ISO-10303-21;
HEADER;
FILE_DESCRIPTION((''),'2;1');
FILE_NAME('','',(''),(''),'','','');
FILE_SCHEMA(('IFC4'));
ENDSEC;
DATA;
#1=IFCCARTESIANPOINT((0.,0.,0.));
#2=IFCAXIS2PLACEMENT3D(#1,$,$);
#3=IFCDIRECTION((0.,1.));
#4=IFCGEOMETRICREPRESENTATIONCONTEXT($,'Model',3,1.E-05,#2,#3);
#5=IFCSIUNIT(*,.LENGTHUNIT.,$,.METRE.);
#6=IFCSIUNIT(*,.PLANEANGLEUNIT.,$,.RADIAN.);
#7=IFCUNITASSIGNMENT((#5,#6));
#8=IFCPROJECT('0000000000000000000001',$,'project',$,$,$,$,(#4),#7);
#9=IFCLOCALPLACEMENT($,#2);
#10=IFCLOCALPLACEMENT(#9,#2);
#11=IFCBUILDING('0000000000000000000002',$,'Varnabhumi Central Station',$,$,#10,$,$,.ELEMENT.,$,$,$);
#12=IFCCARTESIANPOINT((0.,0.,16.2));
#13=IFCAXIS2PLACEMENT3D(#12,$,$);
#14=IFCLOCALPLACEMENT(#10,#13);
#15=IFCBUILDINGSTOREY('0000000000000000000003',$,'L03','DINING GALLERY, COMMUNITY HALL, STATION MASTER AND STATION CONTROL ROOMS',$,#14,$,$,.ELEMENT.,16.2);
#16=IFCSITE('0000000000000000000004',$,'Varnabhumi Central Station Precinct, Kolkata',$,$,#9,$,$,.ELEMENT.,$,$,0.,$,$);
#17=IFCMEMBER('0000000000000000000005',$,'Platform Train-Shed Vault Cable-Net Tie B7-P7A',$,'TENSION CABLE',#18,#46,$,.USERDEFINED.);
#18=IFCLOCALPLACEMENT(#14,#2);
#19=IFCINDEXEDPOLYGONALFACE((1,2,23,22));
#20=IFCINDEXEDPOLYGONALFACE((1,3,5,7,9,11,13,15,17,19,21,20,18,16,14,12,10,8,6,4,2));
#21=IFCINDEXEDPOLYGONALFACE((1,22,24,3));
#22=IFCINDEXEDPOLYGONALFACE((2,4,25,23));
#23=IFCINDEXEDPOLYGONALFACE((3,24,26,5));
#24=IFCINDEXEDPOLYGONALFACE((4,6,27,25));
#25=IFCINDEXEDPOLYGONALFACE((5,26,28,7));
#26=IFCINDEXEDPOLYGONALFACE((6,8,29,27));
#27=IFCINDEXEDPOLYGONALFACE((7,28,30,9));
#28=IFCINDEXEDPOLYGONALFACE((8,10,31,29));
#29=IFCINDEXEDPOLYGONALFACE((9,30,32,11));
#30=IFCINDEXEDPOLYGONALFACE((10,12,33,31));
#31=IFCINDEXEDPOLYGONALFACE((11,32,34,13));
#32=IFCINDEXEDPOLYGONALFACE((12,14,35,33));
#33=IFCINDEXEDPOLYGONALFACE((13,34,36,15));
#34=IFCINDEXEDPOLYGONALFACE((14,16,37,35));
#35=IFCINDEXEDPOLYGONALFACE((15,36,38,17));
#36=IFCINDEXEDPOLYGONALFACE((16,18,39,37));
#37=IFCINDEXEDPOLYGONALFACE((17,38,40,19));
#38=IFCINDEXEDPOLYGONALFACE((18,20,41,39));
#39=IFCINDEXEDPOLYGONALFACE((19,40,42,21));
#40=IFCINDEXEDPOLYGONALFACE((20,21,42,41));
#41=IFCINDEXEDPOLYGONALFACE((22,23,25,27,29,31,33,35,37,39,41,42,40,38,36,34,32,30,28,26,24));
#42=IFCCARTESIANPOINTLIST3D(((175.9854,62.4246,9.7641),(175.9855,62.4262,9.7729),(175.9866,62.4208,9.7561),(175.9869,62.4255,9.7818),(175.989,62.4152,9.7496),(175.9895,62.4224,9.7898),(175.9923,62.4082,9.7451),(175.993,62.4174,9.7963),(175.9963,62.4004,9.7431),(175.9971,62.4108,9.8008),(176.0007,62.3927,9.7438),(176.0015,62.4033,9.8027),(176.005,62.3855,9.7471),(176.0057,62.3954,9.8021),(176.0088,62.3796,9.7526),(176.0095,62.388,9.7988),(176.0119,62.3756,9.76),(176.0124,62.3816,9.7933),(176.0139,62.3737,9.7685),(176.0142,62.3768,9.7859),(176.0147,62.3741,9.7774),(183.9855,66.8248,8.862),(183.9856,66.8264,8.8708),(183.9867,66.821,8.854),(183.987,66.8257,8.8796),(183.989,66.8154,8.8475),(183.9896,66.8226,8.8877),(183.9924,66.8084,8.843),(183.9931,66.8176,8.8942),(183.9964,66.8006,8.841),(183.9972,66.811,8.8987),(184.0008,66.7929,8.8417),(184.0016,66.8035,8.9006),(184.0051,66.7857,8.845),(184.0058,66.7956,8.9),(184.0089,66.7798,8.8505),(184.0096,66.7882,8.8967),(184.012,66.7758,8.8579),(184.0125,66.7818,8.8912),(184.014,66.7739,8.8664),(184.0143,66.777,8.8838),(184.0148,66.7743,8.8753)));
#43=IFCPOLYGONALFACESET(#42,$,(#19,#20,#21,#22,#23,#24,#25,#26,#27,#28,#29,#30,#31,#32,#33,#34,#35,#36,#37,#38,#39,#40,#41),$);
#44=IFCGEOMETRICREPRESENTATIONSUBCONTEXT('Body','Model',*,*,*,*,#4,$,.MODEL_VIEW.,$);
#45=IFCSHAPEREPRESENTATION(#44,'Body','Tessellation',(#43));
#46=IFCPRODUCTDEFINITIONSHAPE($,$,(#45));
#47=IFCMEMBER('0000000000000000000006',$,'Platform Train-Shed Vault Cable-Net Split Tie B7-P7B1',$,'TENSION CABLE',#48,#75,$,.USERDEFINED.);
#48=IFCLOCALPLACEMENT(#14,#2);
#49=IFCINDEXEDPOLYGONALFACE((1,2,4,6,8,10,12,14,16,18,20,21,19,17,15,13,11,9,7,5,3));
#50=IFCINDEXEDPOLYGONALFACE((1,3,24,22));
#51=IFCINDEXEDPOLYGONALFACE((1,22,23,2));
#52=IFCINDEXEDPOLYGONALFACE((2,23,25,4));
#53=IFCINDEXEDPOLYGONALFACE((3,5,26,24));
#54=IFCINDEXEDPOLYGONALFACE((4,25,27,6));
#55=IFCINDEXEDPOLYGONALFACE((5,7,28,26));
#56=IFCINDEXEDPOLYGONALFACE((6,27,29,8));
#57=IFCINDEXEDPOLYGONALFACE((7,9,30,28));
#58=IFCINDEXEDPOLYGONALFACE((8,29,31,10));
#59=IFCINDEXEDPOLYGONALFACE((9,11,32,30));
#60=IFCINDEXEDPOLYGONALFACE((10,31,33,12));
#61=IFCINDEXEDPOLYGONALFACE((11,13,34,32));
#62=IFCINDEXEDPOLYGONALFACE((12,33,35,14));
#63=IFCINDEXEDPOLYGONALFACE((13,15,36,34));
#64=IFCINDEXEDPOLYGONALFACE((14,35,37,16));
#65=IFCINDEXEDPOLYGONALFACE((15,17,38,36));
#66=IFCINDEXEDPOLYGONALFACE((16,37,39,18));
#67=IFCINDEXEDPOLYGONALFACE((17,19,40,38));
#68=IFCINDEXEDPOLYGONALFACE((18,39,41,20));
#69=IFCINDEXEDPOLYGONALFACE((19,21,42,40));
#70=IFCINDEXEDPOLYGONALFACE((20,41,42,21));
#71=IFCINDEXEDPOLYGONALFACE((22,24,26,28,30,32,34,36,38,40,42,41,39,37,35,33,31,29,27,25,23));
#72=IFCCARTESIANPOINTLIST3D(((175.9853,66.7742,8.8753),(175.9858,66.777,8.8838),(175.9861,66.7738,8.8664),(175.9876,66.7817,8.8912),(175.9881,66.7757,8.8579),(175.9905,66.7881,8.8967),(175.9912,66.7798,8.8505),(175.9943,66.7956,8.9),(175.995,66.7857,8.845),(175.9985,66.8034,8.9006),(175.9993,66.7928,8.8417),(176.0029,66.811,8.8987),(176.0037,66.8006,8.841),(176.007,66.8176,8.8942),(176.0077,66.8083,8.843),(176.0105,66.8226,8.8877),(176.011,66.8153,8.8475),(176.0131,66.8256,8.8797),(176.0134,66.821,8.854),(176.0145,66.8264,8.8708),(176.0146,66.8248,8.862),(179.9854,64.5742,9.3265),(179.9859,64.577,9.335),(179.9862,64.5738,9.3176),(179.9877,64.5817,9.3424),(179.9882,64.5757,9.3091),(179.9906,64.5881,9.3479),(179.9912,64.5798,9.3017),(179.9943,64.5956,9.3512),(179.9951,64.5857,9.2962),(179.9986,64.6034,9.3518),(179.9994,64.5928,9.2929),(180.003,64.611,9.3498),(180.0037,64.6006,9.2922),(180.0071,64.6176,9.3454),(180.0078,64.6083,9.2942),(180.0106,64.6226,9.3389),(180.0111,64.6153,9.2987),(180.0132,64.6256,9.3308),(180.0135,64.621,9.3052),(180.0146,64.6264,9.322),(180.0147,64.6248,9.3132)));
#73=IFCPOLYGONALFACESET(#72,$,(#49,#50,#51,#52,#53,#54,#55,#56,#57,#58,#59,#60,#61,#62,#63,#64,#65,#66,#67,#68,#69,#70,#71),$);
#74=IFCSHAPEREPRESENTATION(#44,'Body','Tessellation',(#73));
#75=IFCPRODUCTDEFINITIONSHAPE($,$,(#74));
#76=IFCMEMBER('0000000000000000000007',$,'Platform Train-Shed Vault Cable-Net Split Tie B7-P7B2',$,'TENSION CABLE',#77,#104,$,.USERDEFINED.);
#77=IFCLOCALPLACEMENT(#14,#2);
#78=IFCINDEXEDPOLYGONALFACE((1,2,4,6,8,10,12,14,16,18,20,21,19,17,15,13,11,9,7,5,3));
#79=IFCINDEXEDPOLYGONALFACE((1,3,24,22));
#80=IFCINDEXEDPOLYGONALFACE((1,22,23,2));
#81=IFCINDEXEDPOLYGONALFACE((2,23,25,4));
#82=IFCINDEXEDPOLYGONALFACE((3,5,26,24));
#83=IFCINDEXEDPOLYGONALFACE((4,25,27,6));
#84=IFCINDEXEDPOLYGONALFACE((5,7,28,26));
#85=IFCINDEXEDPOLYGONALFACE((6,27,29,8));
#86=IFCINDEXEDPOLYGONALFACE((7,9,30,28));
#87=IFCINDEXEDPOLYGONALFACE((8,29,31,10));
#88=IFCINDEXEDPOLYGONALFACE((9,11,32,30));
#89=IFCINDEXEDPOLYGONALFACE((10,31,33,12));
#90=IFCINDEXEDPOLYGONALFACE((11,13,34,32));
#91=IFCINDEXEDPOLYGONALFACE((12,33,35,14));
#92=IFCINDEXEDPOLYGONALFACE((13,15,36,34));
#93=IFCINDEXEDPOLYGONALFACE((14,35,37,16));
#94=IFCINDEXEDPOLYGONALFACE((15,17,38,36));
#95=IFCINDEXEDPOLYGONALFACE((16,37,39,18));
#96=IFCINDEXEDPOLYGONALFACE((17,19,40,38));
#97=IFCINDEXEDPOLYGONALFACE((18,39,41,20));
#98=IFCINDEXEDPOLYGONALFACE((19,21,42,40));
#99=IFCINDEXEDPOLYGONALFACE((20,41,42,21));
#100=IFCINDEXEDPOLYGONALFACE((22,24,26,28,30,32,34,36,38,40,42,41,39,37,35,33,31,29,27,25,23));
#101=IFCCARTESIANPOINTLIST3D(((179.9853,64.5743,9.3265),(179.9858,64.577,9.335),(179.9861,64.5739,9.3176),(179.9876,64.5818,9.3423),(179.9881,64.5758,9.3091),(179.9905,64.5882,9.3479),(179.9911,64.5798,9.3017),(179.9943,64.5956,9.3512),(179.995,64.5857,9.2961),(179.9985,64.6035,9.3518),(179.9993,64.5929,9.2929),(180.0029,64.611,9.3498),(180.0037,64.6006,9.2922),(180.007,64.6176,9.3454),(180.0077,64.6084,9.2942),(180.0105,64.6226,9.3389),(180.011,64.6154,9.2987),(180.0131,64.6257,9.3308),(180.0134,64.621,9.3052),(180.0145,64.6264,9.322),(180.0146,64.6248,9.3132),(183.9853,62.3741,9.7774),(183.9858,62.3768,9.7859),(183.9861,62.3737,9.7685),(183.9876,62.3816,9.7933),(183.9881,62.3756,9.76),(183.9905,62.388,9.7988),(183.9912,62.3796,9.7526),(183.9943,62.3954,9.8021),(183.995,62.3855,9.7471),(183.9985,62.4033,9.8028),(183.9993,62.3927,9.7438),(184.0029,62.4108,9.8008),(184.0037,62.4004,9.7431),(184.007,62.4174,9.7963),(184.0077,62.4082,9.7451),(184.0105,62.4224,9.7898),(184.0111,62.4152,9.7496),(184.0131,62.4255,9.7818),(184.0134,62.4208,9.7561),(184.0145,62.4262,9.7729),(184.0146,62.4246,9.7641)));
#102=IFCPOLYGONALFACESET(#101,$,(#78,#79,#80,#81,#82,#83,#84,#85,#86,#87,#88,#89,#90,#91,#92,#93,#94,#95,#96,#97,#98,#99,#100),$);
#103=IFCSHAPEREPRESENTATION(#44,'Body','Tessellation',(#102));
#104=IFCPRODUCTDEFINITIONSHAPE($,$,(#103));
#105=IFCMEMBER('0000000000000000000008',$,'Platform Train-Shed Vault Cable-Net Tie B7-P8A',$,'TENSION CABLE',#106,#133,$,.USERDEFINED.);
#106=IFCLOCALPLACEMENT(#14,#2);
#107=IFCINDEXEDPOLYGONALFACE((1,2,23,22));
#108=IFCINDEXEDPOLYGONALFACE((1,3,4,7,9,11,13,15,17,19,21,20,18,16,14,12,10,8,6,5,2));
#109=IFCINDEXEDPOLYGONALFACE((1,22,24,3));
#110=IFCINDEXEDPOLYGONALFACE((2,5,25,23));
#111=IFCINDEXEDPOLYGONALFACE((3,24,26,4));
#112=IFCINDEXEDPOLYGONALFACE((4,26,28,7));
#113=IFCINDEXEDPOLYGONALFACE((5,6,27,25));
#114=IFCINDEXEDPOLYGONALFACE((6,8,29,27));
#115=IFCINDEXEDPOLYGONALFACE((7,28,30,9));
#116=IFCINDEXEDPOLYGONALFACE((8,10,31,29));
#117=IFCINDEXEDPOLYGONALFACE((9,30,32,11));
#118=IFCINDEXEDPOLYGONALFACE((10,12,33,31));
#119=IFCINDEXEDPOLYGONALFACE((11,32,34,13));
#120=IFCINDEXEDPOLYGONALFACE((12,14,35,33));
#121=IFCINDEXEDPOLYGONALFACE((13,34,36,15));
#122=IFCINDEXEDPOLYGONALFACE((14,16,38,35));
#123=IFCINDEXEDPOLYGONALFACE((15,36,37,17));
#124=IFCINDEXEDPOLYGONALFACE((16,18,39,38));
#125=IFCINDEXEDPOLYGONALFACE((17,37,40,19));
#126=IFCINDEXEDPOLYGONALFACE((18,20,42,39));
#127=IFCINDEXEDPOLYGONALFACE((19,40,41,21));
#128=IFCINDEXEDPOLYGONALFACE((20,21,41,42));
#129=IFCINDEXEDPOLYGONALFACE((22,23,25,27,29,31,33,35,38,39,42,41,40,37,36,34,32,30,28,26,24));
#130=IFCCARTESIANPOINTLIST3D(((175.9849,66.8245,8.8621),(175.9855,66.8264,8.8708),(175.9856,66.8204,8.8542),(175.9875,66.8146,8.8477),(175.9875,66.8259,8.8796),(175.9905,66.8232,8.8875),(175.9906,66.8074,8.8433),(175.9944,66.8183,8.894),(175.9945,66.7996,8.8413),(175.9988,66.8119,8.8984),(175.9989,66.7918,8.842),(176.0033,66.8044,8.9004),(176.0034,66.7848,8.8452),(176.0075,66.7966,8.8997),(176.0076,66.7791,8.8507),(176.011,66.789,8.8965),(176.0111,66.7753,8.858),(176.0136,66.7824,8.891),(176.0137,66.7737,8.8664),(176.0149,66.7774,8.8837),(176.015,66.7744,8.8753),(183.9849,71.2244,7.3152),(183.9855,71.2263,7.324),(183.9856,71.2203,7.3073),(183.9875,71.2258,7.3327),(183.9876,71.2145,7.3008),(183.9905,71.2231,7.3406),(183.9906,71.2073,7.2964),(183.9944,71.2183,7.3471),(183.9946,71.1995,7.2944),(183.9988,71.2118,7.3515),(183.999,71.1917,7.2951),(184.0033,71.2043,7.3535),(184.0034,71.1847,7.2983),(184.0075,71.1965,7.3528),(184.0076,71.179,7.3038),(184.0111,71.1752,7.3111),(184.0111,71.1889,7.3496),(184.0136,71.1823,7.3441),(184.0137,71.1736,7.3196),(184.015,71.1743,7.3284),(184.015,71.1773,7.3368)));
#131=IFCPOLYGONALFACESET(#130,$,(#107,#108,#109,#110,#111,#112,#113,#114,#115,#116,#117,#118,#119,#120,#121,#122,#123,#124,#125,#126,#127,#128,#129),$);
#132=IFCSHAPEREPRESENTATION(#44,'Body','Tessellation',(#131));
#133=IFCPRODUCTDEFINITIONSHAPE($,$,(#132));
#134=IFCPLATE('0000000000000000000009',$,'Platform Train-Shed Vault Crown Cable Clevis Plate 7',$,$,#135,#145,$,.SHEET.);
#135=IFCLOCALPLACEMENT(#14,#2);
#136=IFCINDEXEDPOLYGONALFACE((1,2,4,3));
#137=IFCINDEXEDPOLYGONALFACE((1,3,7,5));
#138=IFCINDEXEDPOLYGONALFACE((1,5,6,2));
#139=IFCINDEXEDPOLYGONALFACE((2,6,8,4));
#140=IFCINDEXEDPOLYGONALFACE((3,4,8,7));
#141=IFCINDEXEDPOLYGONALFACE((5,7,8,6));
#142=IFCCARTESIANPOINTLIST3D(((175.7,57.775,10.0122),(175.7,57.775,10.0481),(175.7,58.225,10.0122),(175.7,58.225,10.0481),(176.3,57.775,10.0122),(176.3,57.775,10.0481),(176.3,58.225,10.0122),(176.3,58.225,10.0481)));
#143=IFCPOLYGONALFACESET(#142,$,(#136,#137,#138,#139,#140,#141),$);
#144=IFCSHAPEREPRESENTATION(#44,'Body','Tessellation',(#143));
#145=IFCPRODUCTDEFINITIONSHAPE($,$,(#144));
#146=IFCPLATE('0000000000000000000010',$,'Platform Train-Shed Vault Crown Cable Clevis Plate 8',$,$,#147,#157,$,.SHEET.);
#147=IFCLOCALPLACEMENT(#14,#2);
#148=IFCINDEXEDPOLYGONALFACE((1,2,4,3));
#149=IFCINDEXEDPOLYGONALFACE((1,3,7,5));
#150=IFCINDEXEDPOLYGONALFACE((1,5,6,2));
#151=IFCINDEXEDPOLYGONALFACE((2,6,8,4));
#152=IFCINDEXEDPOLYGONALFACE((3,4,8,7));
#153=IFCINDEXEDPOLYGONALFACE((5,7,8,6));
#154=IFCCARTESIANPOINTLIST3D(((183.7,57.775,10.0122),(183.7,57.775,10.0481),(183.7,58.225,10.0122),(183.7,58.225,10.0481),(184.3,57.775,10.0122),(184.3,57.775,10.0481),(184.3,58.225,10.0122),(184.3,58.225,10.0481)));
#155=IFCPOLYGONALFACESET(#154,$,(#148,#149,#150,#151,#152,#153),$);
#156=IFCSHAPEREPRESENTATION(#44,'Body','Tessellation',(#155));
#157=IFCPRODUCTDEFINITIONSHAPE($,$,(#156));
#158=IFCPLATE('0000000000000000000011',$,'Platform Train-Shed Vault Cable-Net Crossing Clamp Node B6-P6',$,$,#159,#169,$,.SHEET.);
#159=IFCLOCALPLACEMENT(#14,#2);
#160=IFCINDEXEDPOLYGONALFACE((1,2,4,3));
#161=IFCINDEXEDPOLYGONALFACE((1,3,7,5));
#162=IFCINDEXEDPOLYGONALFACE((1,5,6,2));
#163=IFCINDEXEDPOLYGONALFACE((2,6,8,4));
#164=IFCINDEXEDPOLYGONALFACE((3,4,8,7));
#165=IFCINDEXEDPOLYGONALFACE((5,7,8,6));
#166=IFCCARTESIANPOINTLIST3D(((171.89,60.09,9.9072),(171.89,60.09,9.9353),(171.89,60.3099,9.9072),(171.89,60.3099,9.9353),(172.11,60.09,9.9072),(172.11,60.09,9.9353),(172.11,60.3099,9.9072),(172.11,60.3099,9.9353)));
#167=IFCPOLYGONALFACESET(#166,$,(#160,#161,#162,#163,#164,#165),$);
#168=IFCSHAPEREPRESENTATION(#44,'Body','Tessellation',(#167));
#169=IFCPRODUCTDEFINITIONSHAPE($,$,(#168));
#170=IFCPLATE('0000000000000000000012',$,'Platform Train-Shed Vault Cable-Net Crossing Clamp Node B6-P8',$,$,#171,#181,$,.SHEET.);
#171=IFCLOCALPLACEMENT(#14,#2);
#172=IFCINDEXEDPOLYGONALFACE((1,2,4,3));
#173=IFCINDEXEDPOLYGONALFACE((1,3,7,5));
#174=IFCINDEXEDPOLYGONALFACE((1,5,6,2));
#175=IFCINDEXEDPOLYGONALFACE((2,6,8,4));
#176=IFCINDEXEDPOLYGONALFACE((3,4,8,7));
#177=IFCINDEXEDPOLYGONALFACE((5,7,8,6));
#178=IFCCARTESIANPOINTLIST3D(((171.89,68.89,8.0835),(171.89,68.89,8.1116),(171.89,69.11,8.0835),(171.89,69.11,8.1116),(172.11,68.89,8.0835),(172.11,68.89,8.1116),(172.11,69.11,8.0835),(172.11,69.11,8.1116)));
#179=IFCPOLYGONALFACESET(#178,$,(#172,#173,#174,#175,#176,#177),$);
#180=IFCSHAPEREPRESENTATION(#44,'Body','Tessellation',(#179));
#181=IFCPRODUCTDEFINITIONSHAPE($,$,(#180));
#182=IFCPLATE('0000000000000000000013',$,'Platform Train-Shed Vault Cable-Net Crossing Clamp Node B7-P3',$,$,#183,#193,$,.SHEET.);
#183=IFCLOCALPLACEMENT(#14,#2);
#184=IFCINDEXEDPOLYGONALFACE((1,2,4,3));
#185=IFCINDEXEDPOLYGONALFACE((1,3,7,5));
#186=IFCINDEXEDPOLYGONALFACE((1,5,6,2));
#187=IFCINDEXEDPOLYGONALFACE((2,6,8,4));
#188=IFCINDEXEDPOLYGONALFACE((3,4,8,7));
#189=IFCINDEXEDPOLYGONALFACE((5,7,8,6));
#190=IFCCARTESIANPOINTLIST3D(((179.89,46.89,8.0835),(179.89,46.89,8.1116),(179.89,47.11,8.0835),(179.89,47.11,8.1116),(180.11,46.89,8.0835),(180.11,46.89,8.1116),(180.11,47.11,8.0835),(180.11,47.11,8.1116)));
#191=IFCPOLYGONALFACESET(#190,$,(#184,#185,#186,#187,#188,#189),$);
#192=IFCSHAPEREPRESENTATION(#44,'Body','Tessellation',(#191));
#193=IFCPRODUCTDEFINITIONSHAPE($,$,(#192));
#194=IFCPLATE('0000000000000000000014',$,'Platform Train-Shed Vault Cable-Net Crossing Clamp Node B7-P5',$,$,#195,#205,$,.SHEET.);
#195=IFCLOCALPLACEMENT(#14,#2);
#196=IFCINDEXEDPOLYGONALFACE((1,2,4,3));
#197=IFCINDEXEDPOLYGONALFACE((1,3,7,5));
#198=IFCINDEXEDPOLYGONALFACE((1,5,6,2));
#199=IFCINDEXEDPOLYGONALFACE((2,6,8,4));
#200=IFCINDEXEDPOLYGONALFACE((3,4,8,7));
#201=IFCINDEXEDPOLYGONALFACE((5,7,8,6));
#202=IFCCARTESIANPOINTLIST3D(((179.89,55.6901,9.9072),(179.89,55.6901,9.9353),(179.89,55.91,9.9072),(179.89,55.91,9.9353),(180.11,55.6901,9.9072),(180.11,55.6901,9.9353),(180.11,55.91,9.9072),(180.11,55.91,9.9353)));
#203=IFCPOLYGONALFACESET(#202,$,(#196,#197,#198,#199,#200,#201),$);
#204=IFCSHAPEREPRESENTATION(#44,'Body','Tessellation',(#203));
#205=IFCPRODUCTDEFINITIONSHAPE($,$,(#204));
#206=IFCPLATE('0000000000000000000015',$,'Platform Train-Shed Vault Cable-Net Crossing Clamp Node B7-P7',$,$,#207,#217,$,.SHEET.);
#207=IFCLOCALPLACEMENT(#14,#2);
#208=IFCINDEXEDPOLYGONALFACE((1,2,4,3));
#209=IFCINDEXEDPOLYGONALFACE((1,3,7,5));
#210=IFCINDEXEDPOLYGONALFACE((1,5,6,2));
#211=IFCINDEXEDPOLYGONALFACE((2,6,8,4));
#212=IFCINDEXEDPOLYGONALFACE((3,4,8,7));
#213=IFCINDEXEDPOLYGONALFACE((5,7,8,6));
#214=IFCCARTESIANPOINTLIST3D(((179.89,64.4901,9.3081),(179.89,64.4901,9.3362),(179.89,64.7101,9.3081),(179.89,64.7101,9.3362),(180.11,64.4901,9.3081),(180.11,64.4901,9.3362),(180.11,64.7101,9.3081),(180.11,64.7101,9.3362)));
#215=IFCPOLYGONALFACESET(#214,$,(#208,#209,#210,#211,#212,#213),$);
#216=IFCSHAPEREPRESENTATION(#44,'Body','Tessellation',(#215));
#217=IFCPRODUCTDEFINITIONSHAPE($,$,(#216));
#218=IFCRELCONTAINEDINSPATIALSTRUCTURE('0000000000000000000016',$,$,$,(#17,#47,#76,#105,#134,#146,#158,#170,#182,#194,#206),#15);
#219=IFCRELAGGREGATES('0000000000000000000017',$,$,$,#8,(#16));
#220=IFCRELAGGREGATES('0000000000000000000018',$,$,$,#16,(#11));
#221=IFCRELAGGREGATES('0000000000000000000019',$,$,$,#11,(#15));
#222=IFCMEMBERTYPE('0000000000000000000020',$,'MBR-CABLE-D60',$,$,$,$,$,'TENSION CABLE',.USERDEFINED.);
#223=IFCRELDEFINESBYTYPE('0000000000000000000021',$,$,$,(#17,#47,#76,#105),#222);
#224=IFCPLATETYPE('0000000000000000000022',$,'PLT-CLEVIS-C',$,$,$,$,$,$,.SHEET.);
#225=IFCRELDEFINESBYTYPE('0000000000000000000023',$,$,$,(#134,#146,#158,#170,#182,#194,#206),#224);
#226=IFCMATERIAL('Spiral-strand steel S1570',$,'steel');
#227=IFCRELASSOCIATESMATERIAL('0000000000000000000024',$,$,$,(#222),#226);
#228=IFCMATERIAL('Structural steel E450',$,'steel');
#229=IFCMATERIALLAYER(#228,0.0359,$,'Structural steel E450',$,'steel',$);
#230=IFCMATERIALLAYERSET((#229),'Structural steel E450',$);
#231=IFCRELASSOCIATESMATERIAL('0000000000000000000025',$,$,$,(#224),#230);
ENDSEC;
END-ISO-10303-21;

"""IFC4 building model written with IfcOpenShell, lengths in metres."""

from ifc_helpers import new_model, si_unit, direction, frame, origin, origin_2d, place, context, subcontext, project, spatial, rectangle, circle, extrude, material, layer, layer_set, material_profile, profile_set, type_object, element, save


model = new_model("IFC4")

# Units and contexts
model_context = context("Model", 3, precision=1e-05, world=origin(), true_north=direction((0.0, 1.0)))
body_context = subcontext(model_context, "Body", "Model", "MODEL_VIEW")
ifc_project = project(units=[si_unit("LENGTHUNIT", "METRE"), si_unit("PLANEANGLEUNIT", "RADIAN")], contexts=[model_context])

# Site, building, storey
site_placement = place(None, origin())
site = spatial("IfcSite", under=ifc_project, at=site_placement, Name="Varnabhumi Central Station Precinct, Kolkata", CompositionType="ELEMENT", RefElevation=0.0)
building_placement = place(site_placement, origin())
building = spatial("IfcBuilding", under=site, at=building_placement, Name="Varnabhumi Central Station", CompositionType="ELEMENT")
storey_placement = place(building_placement, frame((0.0, 0.0, 16.2)))
storey = spatial("IfcBuildingStorey", under=building, at=storey_placement, Name="L03", Description="DINING GALLERY, COMMUNITY HALL, STATION MASTER AND STATION CONTROL ROOMS", CompositionType="ELEMENT", Elevation=16.2)

# Shared definitions
ifc_material_1 = material(Name="Structural steel E450", Category="steel")

# Members
ifc_material_2 = material(Name="Spiral-strand steel S1570", Category="steel")
ifc_material_profile_1 = material_profile(ifc_material_2, circle(Radius=0.03, at=origin_2d()), Name="Spiral-strand steel S1570", Category="steel")
ifc_profile_set_1 = profile_set([ifc_material_profile_1], Name="Spiral-strand steel S1570")
member_type = type_object("IfcMemberType", Name="MBR-CABLE-D60", ElementType="TENSION CABLE", PredefinedType="USERDEFINED", material=ifc_profile_set_1)
member_1_placement = place(storey_placement, frame((176.0, 62.3999, 9.7729), z_axis=(0.871963, 0.479596, -0.098325), x_axis=(-0.481931, 0.876209, 0.0)))
element("IfcMember", 1, at=member_1_placement, inside=storey, type_object=member_type, Name="Platform Train-Shed Vault Cable-Net Tie B7-P7A", ObjectType="TENSION CABLE", PredefinedType="USERDEFINED", context=body_context, shape_type="SweptSolid", body=[
    extrude(circle(Radius=0.03, at=origin_2d()), origin(), (0.0, 0.0, 1.0), 9.1748),
])
for number, where, z_axis, x_axis, name in (
    (2, (176.0, 66.8, 8.8708), (0.871972, -0.479574, 0.098352), (0.481911, 0.87622, 0.0), "Platform Train-Shed Vault Cable-Net Split Tie B7-P7B1"),
    (3, (180.0, 64.6001, 9.322), (0.871955, -0.479618, 0.098297), (0.481952, 0.876198, 0.0), "Platform Train-Shed Vault Cable-Net Split Tie B7-P7B2"),
):
    element("IfcMember", number, at=place(storey_placement, frame(where, z_axis=z_axis, x_axis=x_axis)), inside=storey, type_object=member_type, Name=name, ObjectType="TENSION CABLE", PredefinedType="USERDEFINED", context=body_context, shape_type="SweptSolid", body=[
        extrude(circle(Radius=0.03, at=origin_2d()), origin(), (0.0, 0.0, 1.0), 4.5874),
    ])
member_2_placement = place(storey_placement, frame((176.0, 66.8, 8.8708), z_axis=(0.863909, 0.475139, -0.167045), x_axis=(-0.481911, 0.87622, 0.0)))
element("IfcMember", 4, at=member_2_placement, inside=storey, type_object=member_type, Name="Platform Train-Shed Vault Cable-Net Tie B7-P8A", ObjectType="TENSION CABLE", PredefinedType="USERDEFINED", context=body_context, shape_type="SweptSolid", body=[
    extrude(circle(Radius=0.03, at=origin_2d()), origin(), (0.0, 0.0, 1.0), 9.2603),
])

# Plates
ifc_layer = layer(ifc_material_1, 0.0359, Name="Structural steel E450", Category="steel")
ifc_layer_set = layer_set([ifc_layer], Name="Structural steel E450")
plate_type = type_object("IfcPlateType", Name="PLT-CLEVIS-C", PredefinedType="SHEET", material=ifc_layer_set)
for number, where, z_axis, x_axis, name in (
    (5, (176.0, 58.0, 10.0122), (0.0, 0.0, 1.0), (1.0, 0.0, 0.0), "Platform Train-Shed Vault Crown Cable Clevis Plate 7"),
    (6, (184.0, 58.0, 10.0122), (0.0, 0.0, 1.0), (1.0, 0.0, 0.0), "Platform Train-Shed Vault Crown Cable Clevis Plate 8"),
):
    element("IfcPlate", number, at=place(storey_placement, frame(where, z_axis=z_axis, x_axis=x_axis)), inside=storey, type_object=plate_type, Name=name, PredefinedType="SHEET", context=body_context, shape_type="SweptSolid", body=[
        extrude(rectangle(XDim=0.6001, YDim=0.45, at=origin_2d()), origin(), (0.0, 0.0, 1.0), 0.0359),
    ])
for number, where, z_axis, x_axis, name in (
    (7, (172.0, 60.2, 9.9072), (0.0, 0.0, 1.0), (1.0, 0.0, 0.0), "Platform Train-Shed Vault Cable-Net Crossing Clamp Node B6-P6"),
    (8, (172.0, 69.0, 8.0835), (0.0, 0.0, 1.0), (1.0, 0.0, 0.0), "Platform Train-Shed Vault Cable-Net Crossing Clamp Node B6-P8"),
    (9, (180.0, 47.0, 8.0835), (0.0, 0.0, 1.0), (1.0, 0.0, 0.0), "Platform Train-Shed Vault Cable-Net Crossing Clamp Node B7-P3"),
    (10, (180.0, 55.8, 9.9072), (0.0, 0.0, 1.0), (1.0, 0.0, 0.0), "Platform Train-Shed Vault Cable-Net Crossing Clamp Node B7-P5"),
    (11, (180.0, 64.6001, 9.3081), (0.0, 0.0, 1.0), (1.0, 0.0, 0.0), "Platform Train-Shed Vault Cable-Net Crossing Clamp Node B7-P7"),
):
    element("IfcPlate", number, at=place(storey_placement, frame(where, z_axis=z_axis, x_axis=x_axis)), inside=storey, type_object=plate_type, Name=name, PredefinedType="SHEET", context=body_context, shape_type="SweptSolid", body=[
        extrude(rectangle(XDim=0.22, YDim=0.22, at=origin_2d()), origin(), (0.0, 0.0, 1.0), 0.0281),
    ])

save(model, "model.ifc")
